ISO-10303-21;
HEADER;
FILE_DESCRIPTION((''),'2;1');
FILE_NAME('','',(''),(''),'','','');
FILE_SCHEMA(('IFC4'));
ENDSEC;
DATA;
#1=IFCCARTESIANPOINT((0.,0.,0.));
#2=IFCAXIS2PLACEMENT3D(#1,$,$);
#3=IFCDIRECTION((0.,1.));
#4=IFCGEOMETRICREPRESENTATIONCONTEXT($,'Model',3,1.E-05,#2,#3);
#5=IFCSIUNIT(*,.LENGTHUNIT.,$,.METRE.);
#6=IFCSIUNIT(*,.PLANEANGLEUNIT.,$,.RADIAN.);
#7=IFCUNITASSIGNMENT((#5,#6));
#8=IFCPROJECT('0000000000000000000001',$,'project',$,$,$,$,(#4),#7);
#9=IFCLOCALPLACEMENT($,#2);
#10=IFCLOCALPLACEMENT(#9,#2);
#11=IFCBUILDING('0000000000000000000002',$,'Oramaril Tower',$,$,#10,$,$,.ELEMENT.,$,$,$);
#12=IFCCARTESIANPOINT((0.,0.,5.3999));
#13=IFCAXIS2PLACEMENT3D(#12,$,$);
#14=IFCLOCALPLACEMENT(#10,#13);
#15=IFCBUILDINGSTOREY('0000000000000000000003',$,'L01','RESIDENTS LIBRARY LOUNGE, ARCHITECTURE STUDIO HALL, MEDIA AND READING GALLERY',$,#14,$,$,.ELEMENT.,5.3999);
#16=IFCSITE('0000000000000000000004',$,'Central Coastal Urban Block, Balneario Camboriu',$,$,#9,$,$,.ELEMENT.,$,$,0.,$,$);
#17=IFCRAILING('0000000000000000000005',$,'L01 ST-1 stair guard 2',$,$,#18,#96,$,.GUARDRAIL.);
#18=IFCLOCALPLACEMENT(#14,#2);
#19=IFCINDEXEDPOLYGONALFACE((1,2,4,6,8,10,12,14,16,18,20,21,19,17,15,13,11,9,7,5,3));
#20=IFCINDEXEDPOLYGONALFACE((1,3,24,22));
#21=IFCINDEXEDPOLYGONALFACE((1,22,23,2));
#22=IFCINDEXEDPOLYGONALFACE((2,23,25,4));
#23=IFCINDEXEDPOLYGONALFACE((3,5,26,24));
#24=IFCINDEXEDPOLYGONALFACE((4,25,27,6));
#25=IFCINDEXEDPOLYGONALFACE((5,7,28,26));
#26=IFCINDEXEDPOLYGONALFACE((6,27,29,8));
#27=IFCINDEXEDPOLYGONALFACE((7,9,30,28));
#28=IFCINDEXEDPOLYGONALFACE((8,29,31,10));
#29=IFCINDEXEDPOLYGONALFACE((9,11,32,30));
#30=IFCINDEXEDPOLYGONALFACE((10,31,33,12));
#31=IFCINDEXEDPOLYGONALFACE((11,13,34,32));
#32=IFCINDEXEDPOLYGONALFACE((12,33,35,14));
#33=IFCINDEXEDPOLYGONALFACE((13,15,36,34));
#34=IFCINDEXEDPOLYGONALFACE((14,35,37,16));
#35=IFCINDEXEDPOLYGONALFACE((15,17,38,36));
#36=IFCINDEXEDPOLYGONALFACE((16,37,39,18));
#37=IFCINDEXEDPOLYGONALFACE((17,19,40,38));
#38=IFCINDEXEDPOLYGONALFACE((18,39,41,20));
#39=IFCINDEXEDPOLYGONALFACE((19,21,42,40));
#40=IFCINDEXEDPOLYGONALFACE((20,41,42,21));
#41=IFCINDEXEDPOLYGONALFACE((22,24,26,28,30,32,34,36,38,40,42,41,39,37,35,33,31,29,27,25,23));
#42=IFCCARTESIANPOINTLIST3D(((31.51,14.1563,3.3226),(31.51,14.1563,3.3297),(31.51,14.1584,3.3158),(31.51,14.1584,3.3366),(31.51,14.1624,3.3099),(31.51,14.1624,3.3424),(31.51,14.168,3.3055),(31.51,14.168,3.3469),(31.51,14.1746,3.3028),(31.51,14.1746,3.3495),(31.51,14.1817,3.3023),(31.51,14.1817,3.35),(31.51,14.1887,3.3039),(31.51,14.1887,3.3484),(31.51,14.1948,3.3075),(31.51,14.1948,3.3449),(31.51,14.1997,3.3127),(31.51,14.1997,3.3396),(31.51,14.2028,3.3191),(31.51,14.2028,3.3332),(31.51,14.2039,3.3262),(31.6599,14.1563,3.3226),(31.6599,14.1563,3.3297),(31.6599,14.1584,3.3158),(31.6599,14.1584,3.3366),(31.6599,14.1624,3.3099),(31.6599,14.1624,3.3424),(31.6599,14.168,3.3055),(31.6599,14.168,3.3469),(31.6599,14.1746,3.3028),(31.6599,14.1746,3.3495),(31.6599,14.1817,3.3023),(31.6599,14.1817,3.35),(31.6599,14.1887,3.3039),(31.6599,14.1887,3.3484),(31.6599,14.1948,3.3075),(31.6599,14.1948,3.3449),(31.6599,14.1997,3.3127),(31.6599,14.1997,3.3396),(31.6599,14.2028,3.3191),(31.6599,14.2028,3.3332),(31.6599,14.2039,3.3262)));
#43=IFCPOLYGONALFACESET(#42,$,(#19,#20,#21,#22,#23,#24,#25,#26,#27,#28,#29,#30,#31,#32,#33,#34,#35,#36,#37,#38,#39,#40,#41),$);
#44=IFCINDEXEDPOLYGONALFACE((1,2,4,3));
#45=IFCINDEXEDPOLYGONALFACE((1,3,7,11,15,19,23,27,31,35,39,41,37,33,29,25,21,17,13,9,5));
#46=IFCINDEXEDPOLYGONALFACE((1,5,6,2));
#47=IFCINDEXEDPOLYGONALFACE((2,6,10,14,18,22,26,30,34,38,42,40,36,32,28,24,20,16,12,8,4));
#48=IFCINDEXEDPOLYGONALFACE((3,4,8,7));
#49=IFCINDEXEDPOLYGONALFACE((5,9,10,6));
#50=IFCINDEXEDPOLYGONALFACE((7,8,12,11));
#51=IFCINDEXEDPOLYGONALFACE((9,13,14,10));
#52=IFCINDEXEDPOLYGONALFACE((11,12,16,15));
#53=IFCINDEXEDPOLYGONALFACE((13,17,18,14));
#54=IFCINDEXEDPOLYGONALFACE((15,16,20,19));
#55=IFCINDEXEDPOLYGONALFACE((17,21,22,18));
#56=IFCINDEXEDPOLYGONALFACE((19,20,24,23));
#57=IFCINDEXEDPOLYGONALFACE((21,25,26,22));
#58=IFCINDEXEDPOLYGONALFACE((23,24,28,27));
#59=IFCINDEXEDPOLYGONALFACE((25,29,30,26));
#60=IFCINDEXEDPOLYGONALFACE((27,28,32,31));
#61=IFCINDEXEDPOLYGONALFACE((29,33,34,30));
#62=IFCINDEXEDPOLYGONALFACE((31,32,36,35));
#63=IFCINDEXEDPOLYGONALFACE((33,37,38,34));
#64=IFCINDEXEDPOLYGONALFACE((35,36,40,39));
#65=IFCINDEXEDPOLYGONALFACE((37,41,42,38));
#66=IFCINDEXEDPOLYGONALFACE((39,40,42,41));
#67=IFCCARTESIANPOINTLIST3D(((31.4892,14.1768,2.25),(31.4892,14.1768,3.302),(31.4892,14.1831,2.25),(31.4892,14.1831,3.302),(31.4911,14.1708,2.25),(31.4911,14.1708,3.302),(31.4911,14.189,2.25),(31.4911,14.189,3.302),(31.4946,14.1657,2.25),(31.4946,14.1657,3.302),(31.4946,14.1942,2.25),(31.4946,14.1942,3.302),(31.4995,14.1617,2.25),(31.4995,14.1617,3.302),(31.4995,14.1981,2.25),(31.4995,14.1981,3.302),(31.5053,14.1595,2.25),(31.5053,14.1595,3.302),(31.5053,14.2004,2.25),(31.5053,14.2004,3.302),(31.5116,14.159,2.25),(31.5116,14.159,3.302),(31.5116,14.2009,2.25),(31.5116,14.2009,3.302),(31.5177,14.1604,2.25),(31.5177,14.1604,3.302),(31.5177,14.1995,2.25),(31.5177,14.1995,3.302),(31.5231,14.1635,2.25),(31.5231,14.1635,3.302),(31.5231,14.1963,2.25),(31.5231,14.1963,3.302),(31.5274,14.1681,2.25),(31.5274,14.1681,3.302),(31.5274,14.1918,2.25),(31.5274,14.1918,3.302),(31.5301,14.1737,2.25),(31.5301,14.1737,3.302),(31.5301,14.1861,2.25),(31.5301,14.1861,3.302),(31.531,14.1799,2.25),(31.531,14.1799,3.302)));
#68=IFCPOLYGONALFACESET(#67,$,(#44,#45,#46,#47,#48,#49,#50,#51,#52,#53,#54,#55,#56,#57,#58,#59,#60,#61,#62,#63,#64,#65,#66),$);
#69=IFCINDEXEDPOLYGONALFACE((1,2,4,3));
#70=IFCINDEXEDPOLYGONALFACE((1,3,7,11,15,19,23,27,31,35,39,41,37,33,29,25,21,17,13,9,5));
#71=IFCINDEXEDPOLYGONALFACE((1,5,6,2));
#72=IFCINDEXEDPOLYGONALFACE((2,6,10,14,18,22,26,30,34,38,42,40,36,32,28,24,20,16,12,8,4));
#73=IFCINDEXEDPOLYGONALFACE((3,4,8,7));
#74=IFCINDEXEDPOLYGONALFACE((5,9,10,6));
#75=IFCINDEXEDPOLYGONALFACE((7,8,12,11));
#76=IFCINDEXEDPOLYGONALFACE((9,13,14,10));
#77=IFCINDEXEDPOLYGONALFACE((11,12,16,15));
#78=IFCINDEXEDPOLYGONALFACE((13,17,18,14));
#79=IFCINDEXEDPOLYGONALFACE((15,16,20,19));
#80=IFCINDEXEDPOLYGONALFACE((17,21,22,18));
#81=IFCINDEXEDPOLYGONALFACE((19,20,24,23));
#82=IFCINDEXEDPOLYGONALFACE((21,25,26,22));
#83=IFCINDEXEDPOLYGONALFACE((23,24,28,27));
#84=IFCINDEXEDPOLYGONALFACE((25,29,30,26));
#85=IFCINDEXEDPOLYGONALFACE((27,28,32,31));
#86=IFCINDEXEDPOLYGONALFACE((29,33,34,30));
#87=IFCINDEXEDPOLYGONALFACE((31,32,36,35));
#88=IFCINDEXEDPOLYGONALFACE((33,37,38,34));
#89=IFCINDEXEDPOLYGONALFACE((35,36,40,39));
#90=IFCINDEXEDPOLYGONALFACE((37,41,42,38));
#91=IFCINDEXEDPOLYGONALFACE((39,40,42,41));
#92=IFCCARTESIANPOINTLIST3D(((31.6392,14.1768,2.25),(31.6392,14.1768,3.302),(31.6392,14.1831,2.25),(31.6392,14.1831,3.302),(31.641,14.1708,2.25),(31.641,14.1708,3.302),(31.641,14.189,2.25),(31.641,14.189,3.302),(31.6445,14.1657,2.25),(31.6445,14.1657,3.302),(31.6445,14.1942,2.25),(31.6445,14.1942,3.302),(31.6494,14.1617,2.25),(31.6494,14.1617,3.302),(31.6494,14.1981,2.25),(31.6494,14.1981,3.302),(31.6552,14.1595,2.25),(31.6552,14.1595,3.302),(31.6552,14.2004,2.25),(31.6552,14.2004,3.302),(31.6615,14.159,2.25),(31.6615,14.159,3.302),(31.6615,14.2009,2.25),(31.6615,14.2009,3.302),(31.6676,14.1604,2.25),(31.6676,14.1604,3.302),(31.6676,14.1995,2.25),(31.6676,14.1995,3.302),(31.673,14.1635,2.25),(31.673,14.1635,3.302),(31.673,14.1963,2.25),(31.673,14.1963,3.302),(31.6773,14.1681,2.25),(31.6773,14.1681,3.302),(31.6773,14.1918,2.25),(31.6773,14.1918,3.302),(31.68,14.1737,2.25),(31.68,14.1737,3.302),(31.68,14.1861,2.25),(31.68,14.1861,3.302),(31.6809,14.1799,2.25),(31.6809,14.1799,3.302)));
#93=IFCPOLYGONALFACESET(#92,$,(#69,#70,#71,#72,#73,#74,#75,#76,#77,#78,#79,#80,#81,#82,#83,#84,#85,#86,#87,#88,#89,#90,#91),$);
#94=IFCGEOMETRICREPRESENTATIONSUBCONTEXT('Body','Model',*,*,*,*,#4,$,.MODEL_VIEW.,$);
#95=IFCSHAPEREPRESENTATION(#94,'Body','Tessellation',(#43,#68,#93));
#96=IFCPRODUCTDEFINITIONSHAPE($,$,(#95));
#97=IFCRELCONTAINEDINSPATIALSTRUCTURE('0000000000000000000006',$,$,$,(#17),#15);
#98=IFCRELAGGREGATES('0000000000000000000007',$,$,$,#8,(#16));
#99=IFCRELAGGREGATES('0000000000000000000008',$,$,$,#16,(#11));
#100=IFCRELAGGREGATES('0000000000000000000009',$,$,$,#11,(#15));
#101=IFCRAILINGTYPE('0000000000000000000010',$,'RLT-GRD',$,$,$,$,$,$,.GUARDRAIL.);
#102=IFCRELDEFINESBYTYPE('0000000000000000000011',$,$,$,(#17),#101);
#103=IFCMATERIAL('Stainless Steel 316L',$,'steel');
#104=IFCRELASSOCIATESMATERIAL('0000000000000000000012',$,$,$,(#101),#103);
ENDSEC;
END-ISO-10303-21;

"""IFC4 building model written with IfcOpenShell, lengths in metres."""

from ifc_helpers import new_model, si_unit, direction, frame, origin, origin_2d, place, context, subcontext, project, spatial, circle, extrude, material, type_object, element, save


model = new_model("IFC4")

# Units and contexts
model_context = context("Model", 3, precision=1e-05, world=origin(), true_north=direction((0.0, 1.0)))
body_context = subcontext(model_context, "Body", "Model", "MODEL_VIEW")
ifc_project = project(units=[si_unit("LENGTHUNIT", "METRE"), si_unit("PLANEANGLEUNIT", "RADIAN")], contexts=[model_context])

# Site, building, storey
site_placement = place(None, origin())
site = spatial("IfcSite", under=ifc_project, at=site_placement, Name="Central Coastal Urban Block, Balneario Camboriu", CompositionType="ELEMENT", RefElevation=0.0)
building_placement = place(site_placement, origin())
building = spatial("IfcBuilding", under=site, at=building_placement, Name="Oramaril Tower", CompositionType="ELEMENT")
storey_placement = place(building_placement, frame((0.0, 0.0, 5.3999)))
storey = spatial("IfcBuildingStorey", under=building, at=storey_placement, Name="L01", Description="RESIDENTS LIBRARY LOUNGE, ARCHITECTURE STUDIO HALL, MEDIA AND READING GALLERY", CompositionType="ELEMENT", Elevation=5.3999)

# Railing
ifc_material_1 = material(Name="Stainless Steel 316L", Category="steel")
railing_type_1 = type_object("IfcRailingType", Name="RLT-GRD", PredefinedType="GUARDRAIL", material=ifc_material_1)
railing_1_placement = place(storey_placement, frame((31.51, 14.1799, 2.25)))
element("IfcRailing", 1, at=railing_1_placement, inside=storey, type_object=railing_type_1, Name="L01 ST-1 stair guard 2", PredefinedType="GUARDRAIL", context=body_context, shape_type="SweptSolid", body=[
    extrude(circle(Radius=0.0239, at=origin_2d()), frame((0.0, 0.0, 1.0762), z_axis=(1.0, 0.0, 0.0), x_axis=(0.0, 1.0, 0.0)), (0.0, 0.0, 1.0), 0.1499),
    extrude(circle(Radius=0.021, at=origin_2d()), origin(), (0.0, 0.0, 1.0), 1.052),
    extrude(circle(Radius=0.021, at=origin_2d()), frame((0.1499, 0.0, 0.0)), (0.0, 0.0, 1.0), 1.052),
])

save(model, "model.ifc")
